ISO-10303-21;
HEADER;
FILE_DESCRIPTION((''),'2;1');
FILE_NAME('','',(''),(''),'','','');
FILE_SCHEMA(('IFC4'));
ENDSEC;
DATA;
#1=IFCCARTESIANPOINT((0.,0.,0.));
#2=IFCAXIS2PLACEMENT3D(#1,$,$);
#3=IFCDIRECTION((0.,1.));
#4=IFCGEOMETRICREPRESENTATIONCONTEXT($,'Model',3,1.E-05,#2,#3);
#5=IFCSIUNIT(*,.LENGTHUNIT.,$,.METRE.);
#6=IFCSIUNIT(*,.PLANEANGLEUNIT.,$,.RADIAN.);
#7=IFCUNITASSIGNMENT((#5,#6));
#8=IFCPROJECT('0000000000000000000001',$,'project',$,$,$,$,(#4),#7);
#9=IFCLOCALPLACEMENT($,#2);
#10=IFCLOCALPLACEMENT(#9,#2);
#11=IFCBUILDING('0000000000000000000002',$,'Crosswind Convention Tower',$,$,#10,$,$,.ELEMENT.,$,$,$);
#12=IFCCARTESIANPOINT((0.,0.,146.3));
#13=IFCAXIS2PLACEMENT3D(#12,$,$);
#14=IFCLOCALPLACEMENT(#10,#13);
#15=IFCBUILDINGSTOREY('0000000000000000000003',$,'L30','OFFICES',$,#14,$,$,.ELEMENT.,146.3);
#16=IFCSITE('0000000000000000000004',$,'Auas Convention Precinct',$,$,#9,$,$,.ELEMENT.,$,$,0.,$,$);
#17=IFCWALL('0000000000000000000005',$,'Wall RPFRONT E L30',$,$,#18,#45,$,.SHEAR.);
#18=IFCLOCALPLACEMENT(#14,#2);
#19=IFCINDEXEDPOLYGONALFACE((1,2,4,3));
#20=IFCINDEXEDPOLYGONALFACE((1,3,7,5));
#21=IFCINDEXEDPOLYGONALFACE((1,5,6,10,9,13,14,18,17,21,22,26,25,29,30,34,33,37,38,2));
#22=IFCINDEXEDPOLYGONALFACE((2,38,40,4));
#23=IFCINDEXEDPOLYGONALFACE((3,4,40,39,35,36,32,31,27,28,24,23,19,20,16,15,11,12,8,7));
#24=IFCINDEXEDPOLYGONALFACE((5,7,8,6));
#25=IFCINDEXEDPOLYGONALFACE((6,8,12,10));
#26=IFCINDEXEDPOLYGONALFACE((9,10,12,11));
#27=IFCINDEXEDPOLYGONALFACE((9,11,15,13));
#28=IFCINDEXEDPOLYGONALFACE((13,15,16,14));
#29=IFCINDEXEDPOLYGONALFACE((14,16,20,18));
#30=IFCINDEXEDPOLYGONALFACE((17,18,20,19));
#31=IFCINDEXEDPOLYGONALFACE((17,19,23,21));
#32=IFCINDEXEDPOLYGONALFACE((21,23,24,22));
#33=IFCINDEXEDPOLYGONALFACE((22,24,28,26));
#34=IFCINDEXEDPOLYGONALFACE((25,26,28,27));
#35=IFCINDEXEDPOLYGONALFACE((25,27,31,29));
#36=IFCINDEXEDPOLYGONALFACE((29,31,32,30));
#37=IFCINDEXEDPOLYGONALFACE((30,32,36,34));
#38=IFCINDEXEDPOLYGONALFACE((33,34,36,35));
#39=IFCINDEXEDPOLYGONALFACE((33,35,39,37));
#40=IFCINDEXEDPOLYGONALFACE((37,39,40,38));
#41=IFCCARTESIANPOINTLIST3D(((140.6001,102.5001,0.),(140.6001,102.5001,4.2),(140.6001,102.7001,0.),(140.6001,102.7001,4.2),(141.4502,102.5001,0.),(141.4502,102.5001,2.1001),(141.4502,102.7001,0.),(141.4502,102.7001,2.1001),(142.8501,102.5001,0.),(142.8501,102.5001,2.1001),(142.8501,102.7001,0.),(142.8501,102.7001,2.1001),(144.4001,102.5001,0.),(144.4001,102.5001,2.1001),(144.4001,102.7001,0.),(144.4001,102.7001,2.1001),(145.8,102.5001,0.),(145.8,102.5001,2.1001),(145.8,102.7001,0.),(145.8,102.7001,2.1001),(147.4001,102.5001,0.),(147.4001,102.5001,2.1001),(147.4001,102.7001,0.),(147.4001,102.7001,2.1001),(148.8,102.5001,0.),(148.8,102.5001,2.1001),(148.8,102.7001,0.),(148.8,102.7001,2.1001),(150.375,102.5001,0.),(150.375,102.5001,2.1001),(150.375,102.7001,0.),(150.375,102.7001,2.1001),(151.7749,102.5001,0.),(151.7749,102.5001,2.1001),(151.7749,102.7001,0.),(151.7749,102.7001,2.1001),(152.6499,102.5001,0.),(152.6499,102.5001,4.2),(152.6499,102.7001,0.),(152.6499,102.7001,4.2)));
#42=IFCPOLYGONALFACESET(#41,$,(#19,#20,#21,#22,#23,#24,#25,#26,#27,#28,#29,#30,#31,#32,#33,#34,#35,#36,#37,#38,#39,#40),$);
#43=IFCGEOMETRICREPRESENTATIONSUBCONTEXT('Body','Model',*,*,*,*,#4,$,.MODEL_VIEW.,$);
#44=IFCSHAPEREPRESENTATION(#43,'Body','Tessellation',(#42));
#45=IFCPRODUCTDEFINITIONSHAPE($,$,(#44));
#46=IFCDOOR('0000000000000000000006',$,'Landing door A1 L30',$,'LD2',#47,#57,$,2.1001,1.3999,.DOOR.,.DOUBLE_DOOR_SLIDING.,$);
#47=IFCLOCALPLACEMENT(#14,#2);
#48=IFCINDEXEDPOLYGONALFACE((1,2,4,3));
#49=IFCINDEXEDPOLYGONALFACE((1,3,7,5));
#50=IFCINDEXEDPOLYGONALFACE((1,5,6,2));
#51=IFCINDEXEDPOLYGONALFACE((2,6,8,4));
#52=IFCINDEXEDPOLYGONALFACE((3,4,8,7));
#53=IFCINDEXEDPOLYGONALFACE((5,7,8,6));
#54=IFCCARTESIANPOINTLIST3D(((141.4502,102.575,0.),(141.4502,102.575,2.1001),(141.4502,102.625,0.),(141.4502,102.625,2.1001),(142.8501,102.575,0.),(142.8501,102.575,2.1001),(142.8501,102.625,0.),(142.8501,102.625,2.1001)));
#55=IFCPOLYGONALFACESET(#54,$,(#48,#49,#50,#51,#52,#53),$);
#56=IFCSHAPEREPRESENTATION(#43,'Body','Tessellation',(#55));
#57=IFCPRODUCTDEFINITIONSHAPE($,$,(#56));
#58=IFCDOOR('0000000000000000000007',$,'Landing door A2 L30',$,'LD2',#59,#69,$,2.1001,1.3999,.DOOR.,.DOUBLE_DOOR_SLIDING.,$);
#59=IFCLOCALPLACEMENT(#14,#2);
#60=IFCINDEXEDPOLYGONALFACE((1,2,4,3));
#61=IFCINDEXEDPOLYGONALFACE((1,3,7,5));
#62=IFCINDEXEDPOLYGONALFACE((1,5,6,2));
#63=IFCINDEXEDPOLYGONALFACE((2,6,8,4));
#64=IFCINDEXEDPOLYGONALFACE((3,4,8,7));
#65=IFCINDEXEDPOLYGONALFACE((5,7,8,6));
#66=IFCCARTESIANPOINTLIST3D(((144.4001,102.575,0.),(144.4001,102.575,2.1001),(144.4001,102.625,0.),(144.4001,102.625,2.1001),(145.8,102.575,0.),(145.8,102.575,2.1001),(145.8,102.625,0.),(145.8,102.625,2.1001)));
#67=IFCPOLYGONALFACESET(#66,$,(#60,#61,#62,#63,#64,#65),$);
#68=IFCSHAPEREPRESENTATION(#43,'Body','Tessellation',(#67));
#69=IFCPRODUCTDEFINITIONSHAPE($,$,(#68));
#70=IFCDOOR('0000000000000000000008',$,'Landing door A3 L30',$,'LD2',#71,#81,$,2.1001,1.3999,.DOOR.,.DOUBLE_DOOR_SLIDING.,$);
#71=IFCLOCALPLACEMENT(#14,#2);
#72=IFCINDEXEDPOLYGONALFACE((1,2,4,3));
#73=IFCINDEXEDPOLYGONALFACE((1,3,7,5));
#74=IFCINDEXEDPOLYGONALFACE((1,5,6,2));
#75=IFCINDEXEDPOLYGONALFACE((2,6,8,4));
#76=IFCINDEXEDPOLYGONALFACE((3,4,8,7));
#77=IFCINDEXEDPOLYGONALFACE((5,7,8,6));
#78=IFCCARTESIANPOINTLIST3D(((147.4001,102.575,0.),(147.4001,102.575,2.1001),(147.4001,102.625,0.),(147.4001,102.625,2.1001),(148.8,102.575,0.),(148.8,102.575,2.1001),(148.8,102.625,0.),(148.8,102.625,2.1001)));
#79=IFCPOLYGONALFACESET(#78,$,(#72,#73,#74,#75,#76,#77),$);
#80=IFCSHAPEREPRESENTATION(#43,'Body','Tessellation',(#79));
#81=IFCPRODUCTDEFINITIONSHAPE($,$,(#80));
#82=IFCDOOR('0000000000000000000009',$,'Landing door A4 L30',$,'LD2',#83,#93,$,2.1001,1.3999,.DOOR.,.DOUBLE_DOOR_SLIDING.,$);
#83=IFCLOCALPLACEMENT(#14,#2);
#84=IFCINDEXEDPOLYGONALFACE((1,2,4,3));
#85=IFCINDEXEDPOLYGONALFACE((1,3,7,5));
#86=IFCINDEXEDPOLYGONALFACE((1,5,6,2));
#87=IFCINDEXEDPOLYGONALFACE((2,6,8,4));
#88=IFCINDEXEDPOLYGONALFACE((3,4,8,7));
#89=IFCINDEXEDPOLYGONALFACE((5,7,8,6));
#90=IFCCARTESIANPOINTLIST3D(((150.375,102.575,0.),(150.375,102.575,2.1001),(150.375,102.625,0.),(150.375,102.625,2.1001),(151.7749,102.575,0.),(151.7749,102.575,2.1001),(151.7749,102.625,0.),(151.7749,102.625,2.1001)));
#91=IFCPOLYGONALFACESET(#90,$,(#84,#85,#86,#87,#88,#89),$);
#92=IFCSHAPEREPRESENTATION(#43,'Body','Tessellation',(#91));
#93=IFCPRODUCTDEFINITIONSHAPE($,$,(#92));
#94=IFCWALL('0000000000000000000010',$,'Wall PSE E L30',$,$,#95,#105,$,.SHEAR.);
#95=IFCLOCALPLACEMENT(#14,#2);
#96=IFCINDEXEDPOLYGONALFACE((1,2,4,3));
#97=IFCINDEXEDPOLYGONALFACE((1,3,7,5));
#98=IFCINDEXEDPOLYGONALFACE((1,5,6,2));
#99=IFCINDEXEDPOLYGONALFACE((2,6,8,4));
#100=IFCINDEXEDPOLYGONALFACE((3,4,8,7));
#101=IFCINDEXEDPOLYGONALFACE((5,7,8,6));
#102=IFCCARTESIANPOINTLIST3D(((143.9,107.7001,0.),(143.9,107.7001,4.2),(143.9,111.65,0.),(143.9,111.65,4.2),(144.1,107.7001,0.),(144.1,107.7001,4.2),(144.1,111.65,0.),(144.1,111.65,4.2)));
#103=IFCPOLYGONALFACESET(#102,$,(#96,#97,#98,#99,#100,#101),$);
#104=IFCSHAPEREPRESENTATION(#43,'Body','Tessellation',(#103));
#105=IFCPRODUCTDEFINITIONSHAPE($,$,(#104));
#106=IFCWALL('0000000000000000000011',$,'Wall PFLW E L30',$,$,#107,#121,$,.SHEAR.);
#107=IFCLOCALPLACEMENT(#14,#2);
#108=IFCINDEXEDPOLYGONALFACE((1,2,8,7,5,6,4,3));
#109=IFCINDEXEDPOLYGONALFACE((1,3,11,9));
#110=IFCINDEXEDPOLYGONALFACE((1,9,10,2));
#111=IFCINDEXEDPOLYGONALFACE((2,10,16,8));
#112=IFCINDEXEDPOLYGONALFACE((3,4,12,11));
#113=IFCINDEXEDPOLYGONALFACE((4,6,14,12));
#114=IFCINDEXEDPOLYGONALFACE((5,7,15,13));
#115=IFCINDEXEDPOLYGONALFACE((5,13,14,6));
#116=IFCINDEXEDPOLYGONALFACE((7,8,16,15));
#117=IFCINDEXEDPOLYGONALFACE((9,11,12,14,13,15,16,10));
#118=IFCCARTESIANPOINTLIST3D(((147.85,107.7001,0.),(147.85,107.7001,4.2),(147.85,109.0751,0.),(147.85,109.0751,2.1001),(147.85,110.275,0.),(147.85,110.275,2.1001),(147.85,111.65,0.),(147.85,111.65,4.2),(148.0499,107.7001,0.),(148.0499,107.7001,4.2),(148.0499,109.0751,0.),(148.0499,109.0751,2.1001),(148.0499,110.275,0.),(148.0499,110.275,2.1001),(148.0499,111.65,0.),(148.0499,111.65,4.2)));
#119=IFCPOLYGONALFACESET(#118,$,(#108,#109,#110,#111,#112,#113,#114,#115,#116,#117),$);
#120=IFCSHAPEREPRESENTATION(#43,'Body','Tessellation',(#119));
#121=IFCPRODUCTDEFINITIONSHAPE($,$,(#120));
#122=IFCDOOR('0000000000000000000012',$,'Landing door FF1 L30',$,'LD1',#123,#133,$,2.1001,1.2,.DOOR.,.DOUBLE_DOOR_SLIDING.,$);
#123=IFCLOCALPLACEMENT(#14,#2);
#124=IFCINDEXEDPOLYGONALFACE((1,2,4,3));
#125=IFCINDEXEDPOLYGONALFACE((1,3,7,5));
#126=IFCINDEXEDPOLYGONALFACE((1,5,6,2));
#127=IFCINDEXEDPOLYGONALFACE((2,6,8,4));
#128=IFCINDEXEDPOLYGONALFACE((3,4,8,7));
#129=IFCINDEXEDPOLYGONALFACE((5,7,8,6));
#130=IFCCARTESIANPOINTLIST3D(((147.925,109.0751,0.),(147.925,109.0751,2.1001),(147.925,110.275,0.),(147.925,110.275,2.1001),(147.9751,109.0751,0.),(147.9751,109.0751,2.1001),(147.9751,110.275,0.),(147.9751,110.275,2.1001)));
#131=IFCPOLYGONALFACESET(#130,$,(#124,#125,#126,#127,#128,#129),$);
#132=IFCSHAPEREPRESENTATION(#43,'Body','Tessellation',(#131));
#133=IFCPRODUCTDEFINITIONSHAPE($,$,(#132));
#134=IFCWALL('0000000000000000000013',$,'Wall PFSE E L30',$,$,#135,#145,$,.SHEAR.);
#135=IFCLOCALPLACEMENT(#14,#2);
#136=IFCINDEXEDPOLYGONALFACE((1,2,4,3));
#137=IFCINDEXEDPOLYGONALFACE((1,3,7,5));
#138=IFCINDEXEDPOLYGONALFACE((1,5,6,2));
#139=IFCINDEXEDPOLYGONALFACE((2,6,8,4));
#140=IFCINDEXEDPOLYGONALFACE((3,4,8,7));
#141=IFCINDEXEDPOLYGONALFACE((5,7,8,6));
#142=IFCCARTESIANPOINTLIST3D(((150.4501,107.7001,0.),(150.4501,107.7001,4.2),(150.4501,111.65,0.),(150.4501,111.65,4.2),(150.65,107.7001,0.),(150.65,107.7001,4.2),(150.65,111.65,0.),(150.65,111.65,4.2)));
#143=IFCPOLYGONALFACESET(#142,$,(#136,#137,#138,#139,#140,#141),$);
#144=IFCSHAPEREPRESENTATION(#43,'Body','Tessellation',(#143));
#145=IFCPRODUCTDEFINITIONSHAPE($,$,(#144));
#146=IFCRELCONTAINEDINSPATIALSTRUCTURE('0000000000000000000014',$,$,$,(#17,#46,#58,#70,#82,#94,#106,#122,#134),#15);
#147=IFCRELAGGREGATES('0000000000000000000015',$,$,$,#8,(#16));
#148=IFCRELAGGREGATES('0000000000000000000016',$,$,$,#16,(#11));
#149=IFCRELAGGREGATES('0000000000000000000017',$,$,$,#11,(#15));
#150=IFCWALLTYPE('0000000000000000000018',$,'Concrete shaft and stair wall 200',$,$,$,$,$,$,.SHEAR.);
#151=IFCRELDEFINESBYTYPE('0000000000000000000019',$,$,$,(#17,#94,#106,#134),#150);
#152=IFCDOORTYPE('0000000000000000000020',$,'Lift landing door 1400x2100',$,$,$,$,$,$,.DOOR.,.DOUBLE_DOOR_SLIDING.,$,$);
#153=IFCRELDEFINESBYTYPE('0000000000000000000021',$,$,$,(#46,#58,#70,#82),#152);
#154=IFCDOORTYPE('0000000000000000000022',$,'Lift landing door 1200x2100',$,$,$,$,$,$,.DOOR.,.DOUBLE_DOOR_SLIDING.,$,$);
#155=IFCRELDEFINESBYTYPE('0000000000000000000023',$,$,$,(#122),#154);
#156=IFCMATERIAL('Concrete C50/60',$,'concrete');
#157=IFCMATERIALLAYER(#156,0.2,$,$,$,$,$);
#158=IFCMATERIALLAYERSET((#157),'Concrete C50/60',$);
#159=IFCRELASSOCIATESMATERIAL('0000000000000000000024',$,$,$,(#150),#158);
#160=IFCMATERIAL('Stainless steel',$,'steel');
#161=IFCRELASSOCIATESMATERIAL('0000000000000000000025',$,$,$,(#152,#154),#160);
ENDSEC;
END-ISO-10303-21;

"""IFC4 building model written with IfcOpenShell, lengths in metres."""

from ifc_helpers import new_model, si_unit, direction, frame, frame_2d, origin, place, context, subcontext, project, spatial, rectangle, extrude, material, layer, layer_set, type_object, element, fill, save


model = new_model("IFC4")

# Units and contexts
model_context = context("Model", 3, precision=1e-05, world=origin(), true_north=direction((0.0, 1.0)))
body_context = subcontext(model_context, "Body", "Model", "MODEL_VIEW")
ifc_project = project(units=[si_unit("LENGTHUNIT", "METRE"), si_unit("PLANEANGLEUNIT", "RADIAN")], contexts=[model_context])

# Site, building, storey
site_placement = place(None, origin())
site = spatial("IfcSite", under=ifc_project, at=site_placement, Name="Auas Convention Precinct", CompositionType="ELEMENT", RefElevation=0.0)
building_placement = place(site_placement, origin())
building = spatial("IfcBuilding", under=site, at=building_placement, Name="Crosswind Convention Tower", CompositionType="ELEMENT")
storey_placement = place(building_placement, frame((0.0, 0.0, 146.3)))
storey = spatial("IfcBuildingStorey", under=building, at=storey_placement, Name="L30", Description="OFFICES", CompositionType="ELEMENT", Elevation=146.3)

# Shared definitions
ifc_material_1 = material(Name="Concrete C50/60", Category="concrete")
ifc_layer_1 = layer(ifc_material_1, 0.2)
ifc_layer_set_1 = layer_set([ifc_layer_1], Name="Concrete C50/60")
wall_type_1 = type_object("IfcWallType", Name="Concrete shaft and stair wall 200", PredefinedType="SHEAR", material=ifc_layer_set_1)

# Wall, openings, doors
wall_1_placement = place(storey_placement, frame((140.6001, 102.6001, 0.0), z_axis=(0.0, 0.0, 1.0), x_axis=(1.0, 0.0, 0.0)))
wall_1 = element("IfcWall", 1, at=wall_1_placement, inside=storey, type_object=wall_type_1, Name="Wall RPFRONT E L30", PredefinedType="SHEAR", context=body_context, shape_type="SweptSolid", body=[
    extrude(rectangle(XDim=12.0498, YDim=0.2, at=frame_2d((6.0249, 0.0))), origin(), (0.0, 0.0, 1.0), 4.2),
])
opening_1_placement = place(wall_1_placement, frame((0.8501, 0.0, 0.0)))
opening_1 = element("IfcOpeningElement", 2, at=opening_1_placement, cuts=wall_1, PredefinedType="OPENING", context=body_context, shape_type="SweptSolid", body=[
    extrude(rectangle(XDim=1.3999, YDim=2.1001, at=frame_2d((0.7, 1.05))), frame((0.0, 0.1099, 0.0), z_axis=(0.0, -1.0, 0.0), x_axis=(1.0, 0.0, 0.0)), (0.0, 0.0, 1.0), 0.22),
])
opening_2_placement = place(wall_1_placement, frame((3.8, 0.0, 0.0)))
opening_2 = element("IfcOpeningElement", 3, at=opening_2_placement, cuts=wall_1, PredefinedType="OPENING", context=body_context, shape_type="SweptSolid", body=[
    extrude(rectangle(XDim=1.3999, YDim=2.1001, at=frame_2d((0.7, 1.05))), frame((0.0, 0.1099, 0.0), z_axis=(0.0, -1.0, 0.0), x_axis=(1.0, 0.0, 0.0)), (0.0, 0.0, 1.0), 0.22),
])
opening_3_placement = place(wall_1_placement, frame((6.8, 0.0, 0.0)))
opening_3 = element("IfcOpeningElement", 4, at=opening_3_placement, cuts=wall_1, PredefinedType="OPENING", context=body_context, shape_type="SweptSolid", body=[
    extrude(rectangle(XDim=1.3999, YDim=2.1001, at=frame_2d((0.7, 1.05))), frame((0.0, 0.1099, 0.0), z_axis=(0.0, -1.0, 0.0), x_axis=(1.0, 0.0, 0.0)), (0.0, 0.0, 1.0), 0.22),
])
opening_4_placement = place(wall_1_placement, frame((9.7749, 0.0, 0.0)))
opening_4 = element("IfcOpeningElement", 5, at=opening_4_placement, cuts=wall_1, PredefinedType="OPENING", context=body_context, shape_type="SweptSolid", body=[
    extrude(rectangle(XDim=1.3999, YDim=2.1001, at=frame_2d((0.7, 1.05))), frame((0.0, 0.1099, 0.0), z_axis=(0.0, -1.0, 0.0), x_axis=(1.0, 0.0, 0.0)), (0.0, 0.0, 1.0), 0.22),
])
ifc_material_2 = material(Name="Stainless steel", Category="steel")
door_type_1 = type_object("IfcDoorType", Name="Lift landing door 1400x2100", OperationType="DOUBLE_DOOR_SLIDING", PredefinedType="DOOR", material=ifc_material_2)
door_1_placement = place(opening_1_placement, origin())
door_1 = element("IfcDoor", 6, at=door_1_placement, inside=storey, type_object=door_type_1, Name="Landing door A1 L30", ObjectType="LD2", OperationType="DOUBLE_DOOR_SLIDING", OverallHeight=2.1001, OverallWidth=1.3999, PredefinedType="DOOR", context=body_context, shape_type="SweptSolid", body=[
    extrude(rectangle(XDim=1.3999, YDim=2.1001, at=frame_2d((0.7, 1.05))), frame((0.0, 0.0249, 0.0), z_axis=(0.0, -1.0, 0.0), x_axis=(1.0, 0.0, 0.0)), (0.0, 0.0, 1.0), 0.05),
])
fill(opening_1, door_1)
door_2_placement = place(opening_2_placement, origin())
door_2 = element("IfcDoor", 7, at=door_2_placement, inside=storey, type_object=door_type_1, Name="Landing door A2 L30", ObjectType="LD2", OperationType="DOUBLE_DOOR_SLIDING", OverallHeight=2.1001, OverallWidth=1.3999, PredefinedType="DOOR", context=body_context, shape_type="SweptSolid", body=[
    extrude(rectangle(XDim=1.3999, YDim=2.1001, at=frame_2d((0.7, 1.05))), frame((0.0, 0.0249, 0.0), z_axis=(0.0, -1.0, 0.0), x_axis=(1.0, 0.0, 0.0)), (0.0, 0.0, 1.0), 0.05),
])
fill(opening_2, door_2)
door_3_placement = place(opening_3_placement, origin())
door_3 = element("IfcDoor", 8, at=door_3_placement, inside=storey, type_object=door_type_1, Name="Landing door A3 L30", ObjectType="LD2", OperationType="DOUBLE_DOOR_SLIDING", OverallHeight=2.1001, OverallWidth=1.3999, PredefinedType="DOOR", context=body_context, shape_type="SweptSolid", body=[
    extrude(rectangle(XDim=1.3999, YDim=2.1001, at=frame_2d((0.7, 1.05))), frame((0.0, 0.0249, 0.0), z_axis=(0.0, -1.0, 0.0), x_axis=(1.0, 0.0, 0.0)), (0.0, 0.0, 1.0), 0.05),
])
fill(opening_3, door_3)
door_4_placement = place(opening_4_placement, origin())
door_4 = element("IfcDoor", 9, at=door_4_placement, inside=storey, type_object=door_type_1, Name="Landing door A4 L30", ObjectType="LD2", OperationType="DOUBLE_DOOR_SLIDING", OverallHeight=2.1001, OverallWidth=1.3999, PredefinedType="DOOR", context=body_context, shape_type="SweptSolid", body=[
    extrude(rectangle(XDim=1.3999, YDim=2.1001, at=frame_2d((0.7, 1.05))), frame((0.0, 0.0249, 0.0), z_axis=(0.0, -1.0, 0.0), x_axis=(1.0, 0.0, 0.0)), (0.0, 0.0, 1.0), 0.05),
])
fill(opening_4, door_4)

# Wall
wall_2_placement = place(storey_placement, frame((144.0, 107.7, 0.0), z_axis=(0.0, 0.0, 1.0), x_axis=(0.0, 1.0, 0.0)))
element("IfcWall", 10, at=wall_2_placement, inside=storey, type_object=wall_type_1, Name="Wall PSE E L30", PredefinedType="SHEAR", context=body_context, shape_type="SweptSolid", body=[
    extrude(rectangle(XDim=3.95, YDim=0.2, at=frame_2d((1.9751, 0.0))), origin(), (0.0, 0.0, 1.0), 4.2),
])

# Wall, opening, door
wall_3_placement = place(storey_placement, frame((147.95, 107.7, 0.0), z_axis=(0.0, 0.0, 1.0), x_axis=(0.0, 1.0, 0.0)))
wall_3 = element("IfcWall", 11, at=wall_3_placement, inside=storey, type_object=wall_type_1, Name="Wall PFLW E L30", PredefinedType="SHEAR", context=body_context, shape_type="SweptSolid", body=[
    extrude(rectangle(XDim=3.95, YDim=0.2, at=frame_2d((1.9751, 0.0))), origin(), (0.0, 0.0, 1.0), 4.2),
])
opening_5_placement = place(wall_3_placement, frame((1.375, 0.0, 0.0)))
opening_5 = element("IfcOpeningElement", 12, at=opening_5_placement, cuts=wall_3, PredefinedType="OPENING", context=body_context, shape_type="SweptSolid", body=[
    extrude(rectangle(XDim=1.2, YDim=2.1001, at=frame_2d((0.6001, 1.05))), frame((0.0, 0.1099, 0.0), z_axis=(0.0, -1.0, 0.0), x_axis=(1.0, 0.0, 0.0)), (0.0, 0.0, 1.0), 0.22),
])
door_type_2 = type_object("IfcDoorType", Name="Lift landing door 1200x2100", OperationType="DOUBLE_DOOR_SLIDING", PredefinedType="DOOR", material=ifc_material_2)
door_5_placement = place(opening_5_placement, origin())
door_5 = element("IfcDoor", 13, at=door_5_placement, inside=storey, type_object=door_type_2, Name="Landing door FF1 L30", ObjectType="LD1", OperationType="DOUBLE_DOOR_SLIDING", OverallHeight=2.1001, OverallWidth=1.2, PredefinedType="DOOR", context=body_context, shape_type="SweptSolid", body=[
    extrude(rectangle(XDim=1.2, YDim=2.1001, at=frame_2d((0.6001, 1.05))), frame((0.0, 0.0249, 0.0), z_axis=(0.0, -1.0, 0.0), x_axis=(1.0, 0.0, 0.0)), (0.0, 0.0, 1.0), 0.05),
])
fill(opening_5, door_5)

# Wall
wall_4_placement = place(storey_placement, frame((150.55, 107.7, 0.0), z_axis=(0.0, 0.0, 1.0), x_axis=(0.0, 1.0, 0.0)))
element("IfcWall", 14, at=wall_4_placement, inside=storey, type_object=wall_type_1, Name="Wall PFSE E L30", PredefinedType="SHEAR", context=body_context, shape_type="SweptSolid", body=[
    extrude(rectangle(XDim=3.95, YDim=0.2, at=frame_2d((1.9751, 0.0))), origin(), (0.0, 0.0, 1.0), 4.2),
])

save(model, "model.ifc")
